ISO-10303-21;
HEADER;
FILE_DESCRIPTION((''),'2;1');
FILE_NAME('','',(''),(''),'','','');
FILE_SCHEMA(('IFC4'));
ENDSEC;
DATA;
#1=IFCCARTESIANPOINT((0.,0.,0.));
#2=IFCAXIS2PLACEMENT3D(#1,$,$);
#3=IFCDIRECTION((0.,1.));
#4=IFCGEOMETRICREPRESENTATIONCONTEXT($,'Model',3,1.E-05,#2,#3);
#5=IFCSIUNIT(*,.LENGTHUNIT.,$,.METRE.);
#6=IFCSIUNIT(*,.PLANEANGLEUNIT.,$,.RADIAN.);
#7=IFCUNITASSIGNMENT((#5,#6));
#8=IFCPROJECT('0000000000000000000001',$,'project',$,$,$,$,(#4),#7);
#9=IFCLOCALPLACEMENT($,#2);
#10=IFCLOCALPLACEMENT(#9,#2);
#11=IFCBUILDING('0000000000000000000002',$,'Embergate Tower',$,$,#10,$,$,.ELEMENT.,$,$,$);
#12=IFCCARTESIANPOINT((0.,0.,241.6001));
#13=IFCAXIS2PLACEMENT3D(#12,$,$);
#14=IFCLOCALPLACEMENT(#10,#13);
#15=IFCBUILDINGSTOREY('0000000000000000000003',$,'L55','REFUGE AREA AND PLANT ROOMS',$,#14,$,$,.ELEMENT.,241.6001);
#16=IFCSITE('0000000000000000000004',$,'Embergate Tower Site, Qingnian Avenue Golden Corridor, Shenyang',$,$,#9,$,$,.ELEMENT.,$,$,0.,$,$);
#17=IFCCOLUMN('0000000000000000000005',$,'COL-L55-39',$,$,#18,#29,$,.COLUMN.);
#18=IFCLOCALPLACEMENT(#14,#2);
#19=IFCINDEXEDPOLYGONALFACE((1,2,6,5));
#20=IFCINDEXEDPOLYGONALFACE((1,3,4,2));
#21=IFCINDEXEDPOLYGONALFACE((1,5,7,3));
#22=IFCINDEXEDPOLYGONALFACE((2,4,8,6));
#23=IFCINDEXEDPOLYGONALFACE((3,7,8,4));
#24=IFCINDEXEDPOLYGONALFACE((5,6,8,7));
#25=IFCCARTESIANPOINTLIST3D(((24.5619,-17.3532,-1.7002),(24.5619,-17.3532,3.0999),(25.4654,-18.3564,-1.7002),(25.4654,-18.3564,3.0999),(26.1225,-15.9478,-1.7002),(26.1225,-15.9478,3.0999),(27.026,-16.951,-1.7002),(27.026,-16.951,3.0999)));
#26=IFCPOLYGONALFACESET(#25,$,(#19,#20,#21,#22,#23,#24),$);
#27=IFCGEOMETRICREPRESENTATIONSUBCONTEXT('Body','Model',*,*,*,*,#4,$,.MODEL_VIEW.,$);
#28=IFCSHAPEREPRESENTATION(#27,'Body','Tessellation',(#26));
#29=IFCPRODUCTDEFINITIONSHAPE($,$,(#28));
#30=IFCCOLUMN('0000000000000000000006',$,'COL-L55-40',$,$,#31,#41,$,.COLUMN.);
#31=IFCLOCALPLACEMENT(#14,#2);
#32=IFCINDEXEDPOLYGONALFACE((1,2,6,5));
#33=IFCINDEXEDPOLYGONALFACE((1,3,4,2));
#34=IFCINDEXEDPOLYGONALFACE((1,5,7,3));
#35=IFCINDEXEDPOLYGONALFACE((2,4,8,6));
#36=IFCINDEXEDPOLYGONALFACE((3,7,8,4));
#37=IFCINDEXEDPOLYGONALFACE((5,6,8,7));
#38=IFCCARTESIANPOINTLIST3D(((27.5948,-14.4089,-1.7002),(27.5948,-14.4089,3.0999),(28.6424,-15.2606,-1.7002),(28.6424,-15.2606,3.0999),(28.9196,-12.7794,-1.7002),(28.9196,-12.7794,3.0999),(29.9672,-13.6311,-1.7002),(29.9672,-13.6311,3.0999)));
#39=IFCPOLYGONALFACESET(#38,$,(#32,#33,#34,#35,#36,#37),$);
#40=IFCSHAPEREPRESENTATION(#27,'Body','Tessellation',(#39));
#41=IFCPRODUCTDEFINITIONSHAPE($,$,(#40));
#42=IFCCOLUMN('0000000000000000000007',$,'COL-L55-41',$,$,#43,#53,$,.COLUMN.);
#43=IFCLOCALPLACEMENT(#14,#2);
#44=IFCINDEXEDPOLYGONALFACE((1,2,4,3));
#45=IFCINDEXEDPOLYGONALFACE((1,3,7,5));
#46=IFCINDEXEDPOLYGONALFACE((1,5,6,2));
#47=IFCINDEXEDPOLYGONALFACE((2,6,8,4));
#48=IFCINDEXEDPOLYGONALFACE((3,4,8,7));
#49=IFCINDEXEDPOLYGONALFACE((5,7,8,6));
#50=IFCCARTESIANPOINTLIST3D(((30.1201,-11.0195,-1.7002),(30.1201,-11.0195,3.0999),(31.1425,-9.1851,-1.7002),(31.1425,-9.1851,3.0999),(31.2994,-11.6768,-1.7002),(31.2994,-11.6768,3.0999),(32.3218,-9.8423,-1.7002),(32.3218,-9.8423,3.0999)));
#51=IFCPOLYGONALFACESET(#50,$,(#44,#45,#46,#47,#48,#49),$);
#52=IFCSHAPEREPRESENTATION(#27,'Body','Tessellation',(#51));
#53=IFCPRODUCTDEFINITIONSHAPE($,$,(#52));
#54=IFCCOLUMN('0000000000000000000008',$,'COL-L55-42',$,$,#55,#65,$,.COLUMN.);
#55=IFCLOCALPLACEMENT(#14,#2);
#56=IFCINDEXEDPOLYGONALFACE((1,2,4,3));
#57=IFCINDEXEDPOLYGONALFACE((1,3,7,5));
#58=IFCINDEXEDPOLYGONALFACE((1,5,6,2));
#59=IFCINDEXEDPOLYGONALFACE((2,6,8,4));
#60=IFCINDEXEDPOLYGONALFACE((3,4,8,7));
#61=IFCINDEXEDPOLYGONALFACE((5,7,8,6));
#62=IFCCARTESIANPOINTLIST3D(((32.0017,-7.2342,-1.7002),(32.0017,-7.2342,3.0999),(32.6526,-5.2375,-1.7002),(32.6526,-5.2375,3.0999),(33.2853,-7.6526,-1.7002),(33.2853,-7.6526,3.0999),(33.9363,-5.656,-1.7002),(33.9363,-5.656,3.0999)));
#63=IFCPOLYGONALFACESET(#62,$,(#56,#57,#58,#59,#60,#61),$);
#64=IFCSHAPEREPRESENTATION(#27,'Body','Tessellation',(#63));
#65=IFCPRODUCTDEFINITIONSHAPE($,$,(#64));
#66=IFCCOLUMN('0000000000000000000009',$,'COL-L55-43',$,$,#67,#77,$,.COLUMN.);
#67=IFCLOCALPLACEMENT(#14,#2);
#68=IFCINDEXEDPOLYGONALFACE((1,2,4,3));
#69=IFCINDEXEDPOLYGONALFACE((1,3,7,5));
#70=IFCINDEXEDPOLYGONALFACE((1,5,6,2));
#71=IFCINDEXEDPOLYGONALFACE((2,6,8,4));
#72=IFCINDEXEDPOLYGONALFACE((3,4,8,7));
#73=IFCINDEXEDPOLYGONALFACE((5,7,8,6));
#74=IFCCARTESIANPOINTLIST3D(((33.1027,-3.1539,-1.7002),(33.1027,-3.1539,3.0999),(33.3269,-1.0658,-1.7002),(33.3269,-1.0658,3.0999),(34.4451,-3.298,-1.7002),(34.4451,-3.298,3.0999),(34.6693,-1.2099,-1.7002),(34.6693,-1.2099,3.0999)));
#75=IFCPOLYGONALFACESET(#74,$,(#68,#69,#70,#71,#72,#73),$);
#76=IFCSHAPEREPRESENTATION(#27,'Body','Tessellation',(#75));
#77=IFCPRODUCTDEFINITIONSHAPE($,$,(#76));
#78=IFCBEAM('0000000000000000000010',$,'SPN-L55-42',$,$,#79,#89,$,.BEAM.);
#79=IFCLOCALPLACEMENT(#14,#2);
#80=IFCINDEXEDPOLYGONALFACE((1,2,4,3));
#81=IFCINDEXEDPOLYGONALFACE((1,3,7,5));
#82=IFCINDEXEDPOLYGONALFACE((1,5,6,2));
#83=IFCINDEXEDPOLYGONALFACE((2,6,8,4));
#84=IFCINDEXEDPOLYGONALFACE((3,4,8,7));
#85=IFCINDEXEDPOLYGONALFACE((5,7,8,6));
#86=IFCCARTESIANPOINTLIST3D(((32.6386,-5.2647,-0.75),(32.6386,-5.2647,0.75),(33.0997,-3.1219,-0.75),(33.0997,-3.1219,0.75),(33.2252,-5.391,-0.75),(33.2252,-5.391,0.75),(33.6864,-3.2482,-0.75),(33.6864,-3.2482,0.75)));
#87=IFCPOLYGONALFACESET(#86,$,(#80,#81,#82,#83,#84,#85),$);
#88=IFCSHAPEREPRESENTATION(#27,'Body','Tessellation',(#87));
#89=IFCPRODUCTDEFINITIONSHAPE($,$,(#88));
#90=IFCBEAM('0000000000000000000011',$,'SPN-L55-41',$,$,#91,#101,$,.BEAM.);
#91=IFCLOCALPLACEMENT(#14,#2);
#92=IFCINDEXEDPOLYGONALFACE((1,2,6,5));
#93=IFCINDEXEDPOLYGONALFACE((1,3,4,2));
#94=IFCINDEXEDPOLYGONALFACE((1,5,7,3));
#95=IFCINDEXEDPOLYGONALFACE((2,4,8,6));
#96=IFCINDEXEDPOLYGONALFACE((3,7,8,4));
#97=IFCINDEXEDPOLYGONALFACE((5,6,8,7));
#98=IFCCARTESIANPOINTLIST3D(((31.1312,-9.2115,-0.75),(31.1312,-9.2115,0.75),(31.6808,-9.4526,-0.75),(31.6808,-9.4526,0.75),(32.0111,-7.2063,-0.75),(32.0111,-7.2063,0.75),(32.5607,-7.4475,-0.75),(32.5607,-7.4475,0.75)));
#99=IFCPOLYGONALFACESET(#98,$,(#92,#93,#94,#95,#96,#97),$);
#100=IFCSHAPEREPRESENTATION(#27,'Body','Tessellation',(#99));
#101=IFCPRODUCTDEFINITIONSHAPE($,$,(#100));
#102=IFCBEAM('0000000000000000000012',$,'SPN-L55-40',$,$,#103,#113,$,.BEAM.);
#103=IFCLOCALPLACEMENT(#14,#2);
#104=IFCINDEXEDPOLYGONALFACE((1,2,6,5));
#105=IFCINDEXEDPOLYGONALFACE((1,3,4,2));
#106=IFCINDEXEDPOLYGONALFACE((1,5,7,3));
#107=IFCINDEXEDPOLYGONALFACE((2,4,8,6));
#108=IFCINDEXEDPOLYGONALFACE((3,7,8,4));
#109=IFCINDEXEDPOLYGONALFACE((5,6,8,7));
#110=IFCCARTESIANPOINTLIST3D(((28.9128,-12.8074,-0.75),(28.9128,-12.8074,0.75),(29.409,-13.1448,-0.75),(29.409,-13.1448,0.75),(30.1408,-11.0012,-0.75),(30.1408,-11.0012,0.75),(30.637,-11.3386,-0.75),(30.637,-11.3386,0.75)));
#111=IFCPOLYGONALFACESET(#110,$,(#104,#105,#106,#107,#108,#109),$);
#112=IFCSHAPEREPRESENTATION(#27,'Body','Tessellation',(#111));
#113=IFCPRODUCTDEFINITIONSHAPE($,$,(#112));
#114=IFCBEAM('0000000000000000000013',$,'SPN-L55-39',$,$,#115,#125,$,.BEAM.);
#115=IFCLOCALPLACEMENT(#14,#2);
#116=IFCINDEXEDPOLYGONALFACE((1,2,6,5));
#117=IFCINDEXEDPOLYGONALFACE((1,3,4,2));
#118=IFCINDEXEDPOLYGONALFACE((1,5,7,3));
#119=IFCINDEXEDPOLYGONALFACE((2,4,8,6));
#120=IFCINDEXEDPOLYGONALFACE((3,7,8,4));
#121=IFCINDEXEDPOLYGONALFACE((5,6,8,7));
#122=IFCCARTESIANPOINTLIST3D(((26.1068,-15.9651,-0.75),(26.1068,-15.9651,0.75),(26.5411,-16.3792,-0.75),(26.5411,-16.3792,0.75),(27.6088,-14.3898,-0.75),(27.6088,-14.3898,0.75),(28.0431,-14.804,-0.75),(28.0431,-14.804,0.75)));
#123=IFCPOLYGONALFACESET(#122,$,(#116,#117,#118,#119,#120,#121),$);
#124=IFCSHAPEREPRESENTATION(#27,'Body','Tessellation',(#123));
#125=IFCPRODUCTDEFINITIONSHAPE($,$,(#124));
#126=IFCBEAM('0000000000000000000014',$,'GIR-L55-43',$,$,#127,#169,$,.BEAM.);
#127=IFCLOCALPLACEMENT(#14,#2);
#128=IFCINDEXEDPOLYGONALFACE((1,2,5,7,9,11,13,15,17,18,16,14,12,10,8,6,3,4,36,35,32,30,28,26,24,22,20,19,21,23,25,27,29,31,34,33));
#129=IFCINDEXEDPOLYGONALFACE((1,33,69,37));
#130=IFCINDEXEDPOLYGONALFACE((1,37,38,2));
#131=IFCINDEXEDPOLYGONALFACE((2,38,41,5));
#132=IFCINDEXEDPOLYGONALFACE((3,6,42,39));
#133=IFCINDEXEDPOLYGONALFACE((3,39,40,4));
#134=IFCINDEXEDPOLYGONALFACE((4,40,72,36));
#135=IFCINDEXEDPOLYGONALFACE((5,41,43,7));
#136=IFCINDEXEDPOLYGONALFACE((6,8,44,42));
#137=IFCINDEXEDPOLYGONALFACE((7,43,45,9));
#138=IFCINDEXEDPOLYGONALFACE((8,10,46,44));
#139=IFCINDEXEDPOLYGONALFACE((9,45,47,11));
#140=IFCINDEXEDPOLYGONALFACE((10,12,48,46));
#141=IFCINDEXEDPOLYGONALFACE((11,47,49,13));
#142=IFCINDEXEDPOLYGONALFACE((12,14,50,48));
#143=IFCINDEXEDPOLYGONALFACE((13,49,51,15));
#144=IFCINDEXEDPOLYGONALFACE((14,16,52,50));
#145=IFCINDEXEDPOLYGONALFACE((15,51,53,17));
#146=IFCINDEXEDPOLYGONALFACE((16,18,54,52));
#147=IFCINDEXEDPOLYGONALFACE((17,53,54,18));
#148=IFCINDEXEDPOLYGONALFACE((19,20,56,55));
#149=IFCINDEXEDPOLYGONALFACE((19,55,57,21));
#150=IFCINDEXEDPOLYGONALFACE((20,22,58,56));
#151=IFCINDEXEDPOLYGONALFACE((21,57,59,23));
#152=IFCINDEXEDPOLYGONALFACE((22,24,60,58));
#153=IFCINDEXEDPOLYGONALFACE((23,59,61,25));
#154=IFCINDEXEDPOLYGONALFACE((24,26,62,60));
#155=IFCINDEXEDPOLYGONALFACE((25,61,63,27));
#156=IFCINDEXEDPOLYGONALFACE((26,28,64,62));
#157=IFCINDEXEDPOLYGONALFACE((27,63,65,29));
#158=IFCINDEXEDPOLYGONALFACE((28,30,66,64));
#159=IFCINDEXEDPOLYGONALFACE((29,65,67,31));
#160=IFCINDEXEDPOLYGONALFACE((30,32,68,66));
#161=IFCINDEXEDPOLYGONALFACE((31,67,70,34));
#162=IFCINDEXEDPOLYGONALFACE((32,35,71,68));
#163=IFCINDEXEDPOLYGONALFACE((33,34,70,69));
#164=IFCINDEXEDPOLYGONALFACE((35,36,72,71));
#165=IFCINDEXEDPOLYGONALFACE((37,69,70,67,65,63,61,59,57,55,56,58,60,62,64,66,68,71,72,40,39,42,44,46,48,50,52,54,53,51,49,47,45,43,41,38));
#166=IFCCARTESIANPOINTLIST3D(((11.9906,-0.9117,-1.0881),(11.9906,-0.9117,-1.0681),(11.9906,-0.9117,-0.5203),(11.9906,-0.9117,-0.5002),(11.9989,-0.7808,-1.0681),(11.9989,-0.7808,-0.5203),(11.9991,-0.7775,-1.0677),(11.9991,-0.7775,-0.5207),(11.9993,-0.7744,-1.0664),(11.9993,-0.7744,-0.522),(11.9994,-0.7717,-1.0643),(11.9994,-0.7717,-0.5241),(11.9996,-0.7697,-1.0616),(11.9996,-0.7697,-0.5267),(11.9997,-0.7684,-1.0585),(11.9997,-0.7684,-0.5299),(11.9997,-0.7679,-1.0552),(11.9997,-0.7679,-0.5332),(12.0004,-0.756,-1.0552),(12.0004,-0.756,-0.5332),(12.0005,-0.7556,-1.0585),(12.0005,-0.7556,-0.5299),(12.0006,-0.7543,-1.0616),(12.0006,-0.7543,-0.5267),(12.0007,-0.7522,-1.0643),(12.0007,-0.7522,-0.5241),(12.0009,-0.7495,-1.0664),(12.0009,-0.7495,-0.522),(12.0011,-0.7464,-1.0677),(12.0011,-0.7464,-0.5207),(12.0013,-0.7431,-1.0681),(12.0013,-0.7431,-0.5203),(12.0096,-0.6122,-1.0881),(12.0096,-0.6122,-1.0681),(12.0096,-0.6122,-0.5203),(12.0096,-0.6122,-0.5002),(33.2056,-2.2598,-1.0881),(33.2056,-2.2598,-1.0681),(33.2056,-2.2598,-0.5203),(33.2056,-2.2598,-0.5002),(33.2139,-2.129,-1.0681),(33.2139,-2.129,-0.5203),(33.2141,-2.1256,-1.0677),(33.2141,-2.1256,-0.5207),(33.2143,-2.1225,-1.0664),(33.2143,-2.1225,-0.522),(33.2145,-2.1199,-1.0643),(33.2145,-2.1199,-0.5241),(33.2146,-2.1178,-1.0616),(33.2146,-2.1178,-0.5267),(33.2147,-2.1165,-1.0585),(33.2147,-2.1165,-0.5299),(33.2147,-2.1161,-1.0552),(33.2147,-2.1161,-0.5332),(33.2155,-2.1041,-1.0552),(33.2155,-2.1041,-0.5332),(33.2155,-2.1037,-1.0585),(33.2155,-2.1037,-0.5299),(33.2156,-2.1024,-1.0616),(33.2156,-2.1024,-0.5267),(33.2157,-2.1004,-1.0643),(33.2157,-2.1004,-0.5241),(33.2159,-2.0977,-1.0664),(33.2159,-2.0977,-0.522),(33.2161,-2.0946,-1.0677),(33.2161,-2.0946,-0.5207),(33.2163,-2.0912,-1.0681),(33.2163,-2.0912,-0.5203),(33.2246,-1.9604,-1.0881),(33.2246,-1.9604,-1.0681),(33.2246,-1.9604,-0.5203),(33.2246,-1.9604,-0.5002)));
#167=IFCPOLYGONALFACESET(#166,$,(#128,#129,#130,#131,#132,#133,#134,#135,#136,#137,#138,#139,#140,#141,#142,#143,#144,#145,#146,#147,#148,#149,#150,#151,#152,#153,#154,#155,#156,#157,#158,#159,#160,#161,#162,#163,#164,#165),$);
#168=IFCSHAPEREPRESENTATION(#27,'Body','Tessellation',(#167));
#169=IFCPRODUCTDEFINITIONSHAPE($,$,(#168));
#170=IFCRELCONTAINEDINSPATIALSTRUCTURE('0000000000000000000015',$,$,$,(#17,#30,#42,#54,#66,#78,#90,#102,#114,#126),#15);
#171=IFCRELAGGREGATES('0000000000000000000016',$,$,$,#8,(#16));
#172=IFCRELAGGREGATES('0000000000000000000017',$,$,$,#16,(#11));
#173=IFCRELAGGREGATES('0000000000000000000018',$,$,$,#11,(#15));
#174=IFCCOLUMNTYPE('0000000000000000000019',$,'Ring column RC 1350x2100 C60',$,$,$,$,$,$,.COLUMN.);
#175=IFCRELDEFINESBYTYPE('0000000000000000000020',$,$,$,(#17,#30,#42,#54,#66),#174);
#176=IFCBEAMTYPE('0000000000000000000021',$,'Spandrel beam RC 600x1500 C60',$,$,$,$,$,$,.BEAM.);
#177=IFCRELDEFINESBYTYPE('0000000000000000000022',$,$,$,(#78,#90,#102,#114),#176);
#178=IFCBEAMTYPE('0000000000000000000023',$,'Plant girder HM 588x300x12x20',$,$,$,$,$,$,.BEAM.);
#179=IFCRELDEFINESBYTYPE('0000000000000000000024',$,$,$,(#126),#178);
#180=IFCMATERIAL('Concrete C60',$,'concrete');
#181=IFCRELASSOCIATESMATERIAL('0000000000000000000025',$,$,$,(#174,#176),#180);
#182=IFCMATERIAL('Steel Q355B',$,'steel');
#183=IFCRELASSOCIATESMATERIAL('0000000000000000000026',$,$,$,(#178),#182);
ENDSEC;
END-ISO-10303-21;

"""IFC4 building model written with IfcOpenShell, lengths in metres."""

from ifc_helpers import new_model, si_unit, direction, frame, origin, origin_2d, place, context, subcontext, project, spatial, rectangle, i_section, extrude, source, transform, mapped, material, material_profile, profile_set, type_object, element, save


model = new_model("IFC4")

# Units and contexts
model_context = context("Model", 3, precision=1e-05, world=origin(), true_north=direction((0.0, 1.0)))
body_context = subcontext(model_context, "Body", "Model", "MODEL_VIEW")
ifc_project = project(units=[si_unit("LENGTHUNIT", "METRE"), si_unit("PLANEANGLEUNIT", "RADIAN")], contexts=[model_context])

# Site, building, storey
site_placement = place(None, origin())
site = spatial("IfcSite", under=ifc_project, at=site_placement, Name="Embergate Tower Site, Qingnian Avenue Golden Corridor, Shenyang", CompositionType="ELEMENT", RefElevation=0.0)
building_placement = place(site_placement, origin())
building = spatial("IfcBuilding", under=site, at=building_placement, Name="Embergate Tower", CompositionType="ELEMENT")
storey_placement = place(building_placement, frame((0.0, 0.0, 241.6001)))
storey = spatial("IfcBuildingStorey", under=building, at=storey_placement, Name="L55", Description="REFUGE AREA AND PLANT ROOMS", CompositionType="ELEMENT", Elevation=241.6001)

# Columns
ifc_material_1 = material(Name="Concrete C60", Category="concrete")
ifc_material_profile_1 = material_profile(ifc_material_1, rectangle(XDim=1.3501, YDim=2.1001, at=origin_2d()), Name="RC 1350x2100")
ifc_profile_set_1 = profile_set([ifc_material_profile_1], Name="Concrete C60")
column_type = type_object("IfcColumnType", Name="Ring column RC 1350x2100 C60", PredefinedType="COLUMN", material=ifc_profile_set_1)
shared_shape_1 = source(origin(), body_context, "Body", "SweptSolid", [
    extrude(rectangle(XDim=1.3501, YDim=2.1001, at=origin_2d()), origin(), (0.0, 0.0, 1.0), 4.8),
])
for number, where, z_axis, x_axis, name in (
    (1, (25.7939, -17.1521, -1.7002), (0.0, 0.0, 1.0), (0.669208, -0.743075, 0.0), "COL-L55-39"),
    (2, (28.781, -14.02, -1.7002), (0.0, 0.0, 1.0), (0.775925, -0.630825, 0.0), "COL-L55-40"),
    (3, (31.2209, -10.4309, -1.7002), (0.0, 0.0, 1.0), (0.873492, -0.486839, 0.0), "COL-L55-41"),
    (4, (32.969, -6.4451, -1.7002), (0.0, 0.0, 1.0), (0.950754, -0.309946, 0.0), "COL-L55-42"),
    (5, (33.886, -2.1819, -1.7002), (0.0, 0.0, 1.0), (0.994286, -0.10675, 0.0), "COL-L55-43"),
):
    element("IfcColumn", number, at=place(storey_placement, frame(where, z_axis=z_axis, x_axis=x_axis)), inside=storey, type_object=column_type, Name=name, PredefinedType="COLUMN", context=body_context, shape_type="MappedRepresentation", body=[
        mapped(shared_shape_1, transform((0.0, 0.0, 0.0))),
    ])

# Beams
ifc_material_profile_2 = material_profile(ifc_material_1, rectangle(XDim=0.6001, YDim=1.5, at=origin_2d()), Name="RC 600x1500")
ifc_profile_set_2 = profile_set([ifc_material_profile_2], Name="Concrete C60")
beam_type_1 = type_object("IfcBeamType", Name="Spandrel beam RC 600x1500 C60", PredefinedType="BEAM", material=ifc_profile_set_2)
shared_shape_2 = source(origin(), body_context, "Body", "SweptSolid", [
    extrude(rectangle(XDim=0.6001, YDim=1.5, at=origin_2d()), origin(), (0.0, 0.0, 1.0), 2.1919),
])
beam_1_placement = place(storey_placement, frame((32.9319, -5.3279, 0.0), z_axis=(0.210404, 0.977615, 0.0), x_axis=(-0.977615, 0.210404, 0.0)))
element("IfcBeam", 6, at=beam_1_placement, inside=storey, type_object=beam_type_1, Name="SPN-L55-42", PredefinedType="BEAM", context=body_context, shape_type="MappedRepresentation", body=[
    mapped(shared_shape_2, transform((0.0, 0.0, 0.0))),
])
shared_shape_3 = source(origin(), body_context, "Body", "SweptSolid", [
    extrude(rectangle(XDim=0.6001, YDim=1.5, at=origin_2d()), origin(), (0.0, 0.0, 1.0), 2.1897),
])
beam_2_placement = place(storey_placement, frame((31.406, -9.332, 0.0), z_axis=(0.40183, 0.915714, 0.0), x_axis=(-0.915714, 0.40183, 0.0)))
element("IfcBeam", 7, at=beam_2_placement, inside=storey, type_object=beam_type_1, Name="SPN-L55-41", PredefinedType="BEAM", context=body_context, shape_type="MappedRepresentation", body=[
    mapped(shared_shape_3, transform((0.0, 0.0, 0.0))),
])
shared_shape_4 = source(origin(), body_context, "Body", "SweptSolid", [
    extrude(rectangle(XDim=0.6001, YDim=1.5, at=origin_2d()), origin(), (0.0, 0.0, 1.0), 2.1841),
])
beam_3_placement = place(storey_placement, frame((29.1609, -12.9761, 0.0), z_axis=(0.562261, 0.82696, 0.0), x_axis=(-0.82696, 0.562261, 0.0)))
element("IfcBeam", 8, at=beam_3_placement, inside=storey, type_object=beam_type_1, Name="SPN-L55-40", PredefinedType="BEAM", context=body_context, shape_type="MappedRepresentation", body=[
    mapped(shared_shape_4, transform((0.0, 0.0, 0.0))),
])
shared_shape_5 = source(origin(), body_context, "Body", "SweptSolid", [
    extrude(rectangle(XDim=0.6001, YDim=1.5, at=origin_2d()), origin(), (0.0, 0.0, 1.0), 2.1765),
])
beam_4_placement = place(storey_placement, frame((26.324, -16.1721, 0.0), z_axis=(0.690081, 0.723732, 0.0), x_axis=(-0.723732, 0.690081, 0.0)))
element("IfcBeam", 9, at=beam_4_placement, inside=storey, type_object=beam_type_1, Name="SPN-L55-39", PredefinedType="BEAM", context=body_context, shape_type="MappedRepresentation", body=[
    mapped(shared_shape_5, transform((0.0, 0.0, 0.0))),
])
ifc_material_2 = material(Name="Steel Q355B", Category="steel")
ifc_material_profile_3 = material_profile(ifc_material_2, i_section(OverallWidth=0.3, OverallDepth=0.5879, WebThickness=0.012, FlangeThickness=0.02, FilletRadius=0.0129, at=origin_2d()), Name="HM 588x300x12x20")
ifc_profile_set_3 = profile_set([ifc_material_profile_3], Name="Steel Q355 grade B")
beam_type_2 = type_object("IfcBeamType", Name="Plant girder HM 588x300x12x20", PredefinedType="BEAM", material=ifc_profile_set_3)
shared_shape_6 = source(origin(), body_context, "Body", "SweptSolid", [
    extrude(i_section(OverallWidth=0.3, OverallDepth=0.5879, WebThickness=0.012, FlangeThickness=0.02, FilletRadius=0.0129, at=origin_2d()), origin(), (0.0, 0.0, 1.0), 21.2578),
])
beam_5_placement = place(storey_placement, frame((33.2151, -2.1101, -0.7942), z_axis=(-0.997987, 0.063419, 0.0), x_axis=(-0.063419, -0.997987, 0.0)))
element("IfcBeam", 10, at=beam_5_placement, inside=storey, type_object=beam_type_2, Name="GIR-L55-43", PredefinedType="BEAM", context=body_context, shape_type="MappedRepresentation", body=[
    mapped(shared_shape_6, transform((0.0, 0.0, 0.0))),
])

save(model, "model.ifc")
